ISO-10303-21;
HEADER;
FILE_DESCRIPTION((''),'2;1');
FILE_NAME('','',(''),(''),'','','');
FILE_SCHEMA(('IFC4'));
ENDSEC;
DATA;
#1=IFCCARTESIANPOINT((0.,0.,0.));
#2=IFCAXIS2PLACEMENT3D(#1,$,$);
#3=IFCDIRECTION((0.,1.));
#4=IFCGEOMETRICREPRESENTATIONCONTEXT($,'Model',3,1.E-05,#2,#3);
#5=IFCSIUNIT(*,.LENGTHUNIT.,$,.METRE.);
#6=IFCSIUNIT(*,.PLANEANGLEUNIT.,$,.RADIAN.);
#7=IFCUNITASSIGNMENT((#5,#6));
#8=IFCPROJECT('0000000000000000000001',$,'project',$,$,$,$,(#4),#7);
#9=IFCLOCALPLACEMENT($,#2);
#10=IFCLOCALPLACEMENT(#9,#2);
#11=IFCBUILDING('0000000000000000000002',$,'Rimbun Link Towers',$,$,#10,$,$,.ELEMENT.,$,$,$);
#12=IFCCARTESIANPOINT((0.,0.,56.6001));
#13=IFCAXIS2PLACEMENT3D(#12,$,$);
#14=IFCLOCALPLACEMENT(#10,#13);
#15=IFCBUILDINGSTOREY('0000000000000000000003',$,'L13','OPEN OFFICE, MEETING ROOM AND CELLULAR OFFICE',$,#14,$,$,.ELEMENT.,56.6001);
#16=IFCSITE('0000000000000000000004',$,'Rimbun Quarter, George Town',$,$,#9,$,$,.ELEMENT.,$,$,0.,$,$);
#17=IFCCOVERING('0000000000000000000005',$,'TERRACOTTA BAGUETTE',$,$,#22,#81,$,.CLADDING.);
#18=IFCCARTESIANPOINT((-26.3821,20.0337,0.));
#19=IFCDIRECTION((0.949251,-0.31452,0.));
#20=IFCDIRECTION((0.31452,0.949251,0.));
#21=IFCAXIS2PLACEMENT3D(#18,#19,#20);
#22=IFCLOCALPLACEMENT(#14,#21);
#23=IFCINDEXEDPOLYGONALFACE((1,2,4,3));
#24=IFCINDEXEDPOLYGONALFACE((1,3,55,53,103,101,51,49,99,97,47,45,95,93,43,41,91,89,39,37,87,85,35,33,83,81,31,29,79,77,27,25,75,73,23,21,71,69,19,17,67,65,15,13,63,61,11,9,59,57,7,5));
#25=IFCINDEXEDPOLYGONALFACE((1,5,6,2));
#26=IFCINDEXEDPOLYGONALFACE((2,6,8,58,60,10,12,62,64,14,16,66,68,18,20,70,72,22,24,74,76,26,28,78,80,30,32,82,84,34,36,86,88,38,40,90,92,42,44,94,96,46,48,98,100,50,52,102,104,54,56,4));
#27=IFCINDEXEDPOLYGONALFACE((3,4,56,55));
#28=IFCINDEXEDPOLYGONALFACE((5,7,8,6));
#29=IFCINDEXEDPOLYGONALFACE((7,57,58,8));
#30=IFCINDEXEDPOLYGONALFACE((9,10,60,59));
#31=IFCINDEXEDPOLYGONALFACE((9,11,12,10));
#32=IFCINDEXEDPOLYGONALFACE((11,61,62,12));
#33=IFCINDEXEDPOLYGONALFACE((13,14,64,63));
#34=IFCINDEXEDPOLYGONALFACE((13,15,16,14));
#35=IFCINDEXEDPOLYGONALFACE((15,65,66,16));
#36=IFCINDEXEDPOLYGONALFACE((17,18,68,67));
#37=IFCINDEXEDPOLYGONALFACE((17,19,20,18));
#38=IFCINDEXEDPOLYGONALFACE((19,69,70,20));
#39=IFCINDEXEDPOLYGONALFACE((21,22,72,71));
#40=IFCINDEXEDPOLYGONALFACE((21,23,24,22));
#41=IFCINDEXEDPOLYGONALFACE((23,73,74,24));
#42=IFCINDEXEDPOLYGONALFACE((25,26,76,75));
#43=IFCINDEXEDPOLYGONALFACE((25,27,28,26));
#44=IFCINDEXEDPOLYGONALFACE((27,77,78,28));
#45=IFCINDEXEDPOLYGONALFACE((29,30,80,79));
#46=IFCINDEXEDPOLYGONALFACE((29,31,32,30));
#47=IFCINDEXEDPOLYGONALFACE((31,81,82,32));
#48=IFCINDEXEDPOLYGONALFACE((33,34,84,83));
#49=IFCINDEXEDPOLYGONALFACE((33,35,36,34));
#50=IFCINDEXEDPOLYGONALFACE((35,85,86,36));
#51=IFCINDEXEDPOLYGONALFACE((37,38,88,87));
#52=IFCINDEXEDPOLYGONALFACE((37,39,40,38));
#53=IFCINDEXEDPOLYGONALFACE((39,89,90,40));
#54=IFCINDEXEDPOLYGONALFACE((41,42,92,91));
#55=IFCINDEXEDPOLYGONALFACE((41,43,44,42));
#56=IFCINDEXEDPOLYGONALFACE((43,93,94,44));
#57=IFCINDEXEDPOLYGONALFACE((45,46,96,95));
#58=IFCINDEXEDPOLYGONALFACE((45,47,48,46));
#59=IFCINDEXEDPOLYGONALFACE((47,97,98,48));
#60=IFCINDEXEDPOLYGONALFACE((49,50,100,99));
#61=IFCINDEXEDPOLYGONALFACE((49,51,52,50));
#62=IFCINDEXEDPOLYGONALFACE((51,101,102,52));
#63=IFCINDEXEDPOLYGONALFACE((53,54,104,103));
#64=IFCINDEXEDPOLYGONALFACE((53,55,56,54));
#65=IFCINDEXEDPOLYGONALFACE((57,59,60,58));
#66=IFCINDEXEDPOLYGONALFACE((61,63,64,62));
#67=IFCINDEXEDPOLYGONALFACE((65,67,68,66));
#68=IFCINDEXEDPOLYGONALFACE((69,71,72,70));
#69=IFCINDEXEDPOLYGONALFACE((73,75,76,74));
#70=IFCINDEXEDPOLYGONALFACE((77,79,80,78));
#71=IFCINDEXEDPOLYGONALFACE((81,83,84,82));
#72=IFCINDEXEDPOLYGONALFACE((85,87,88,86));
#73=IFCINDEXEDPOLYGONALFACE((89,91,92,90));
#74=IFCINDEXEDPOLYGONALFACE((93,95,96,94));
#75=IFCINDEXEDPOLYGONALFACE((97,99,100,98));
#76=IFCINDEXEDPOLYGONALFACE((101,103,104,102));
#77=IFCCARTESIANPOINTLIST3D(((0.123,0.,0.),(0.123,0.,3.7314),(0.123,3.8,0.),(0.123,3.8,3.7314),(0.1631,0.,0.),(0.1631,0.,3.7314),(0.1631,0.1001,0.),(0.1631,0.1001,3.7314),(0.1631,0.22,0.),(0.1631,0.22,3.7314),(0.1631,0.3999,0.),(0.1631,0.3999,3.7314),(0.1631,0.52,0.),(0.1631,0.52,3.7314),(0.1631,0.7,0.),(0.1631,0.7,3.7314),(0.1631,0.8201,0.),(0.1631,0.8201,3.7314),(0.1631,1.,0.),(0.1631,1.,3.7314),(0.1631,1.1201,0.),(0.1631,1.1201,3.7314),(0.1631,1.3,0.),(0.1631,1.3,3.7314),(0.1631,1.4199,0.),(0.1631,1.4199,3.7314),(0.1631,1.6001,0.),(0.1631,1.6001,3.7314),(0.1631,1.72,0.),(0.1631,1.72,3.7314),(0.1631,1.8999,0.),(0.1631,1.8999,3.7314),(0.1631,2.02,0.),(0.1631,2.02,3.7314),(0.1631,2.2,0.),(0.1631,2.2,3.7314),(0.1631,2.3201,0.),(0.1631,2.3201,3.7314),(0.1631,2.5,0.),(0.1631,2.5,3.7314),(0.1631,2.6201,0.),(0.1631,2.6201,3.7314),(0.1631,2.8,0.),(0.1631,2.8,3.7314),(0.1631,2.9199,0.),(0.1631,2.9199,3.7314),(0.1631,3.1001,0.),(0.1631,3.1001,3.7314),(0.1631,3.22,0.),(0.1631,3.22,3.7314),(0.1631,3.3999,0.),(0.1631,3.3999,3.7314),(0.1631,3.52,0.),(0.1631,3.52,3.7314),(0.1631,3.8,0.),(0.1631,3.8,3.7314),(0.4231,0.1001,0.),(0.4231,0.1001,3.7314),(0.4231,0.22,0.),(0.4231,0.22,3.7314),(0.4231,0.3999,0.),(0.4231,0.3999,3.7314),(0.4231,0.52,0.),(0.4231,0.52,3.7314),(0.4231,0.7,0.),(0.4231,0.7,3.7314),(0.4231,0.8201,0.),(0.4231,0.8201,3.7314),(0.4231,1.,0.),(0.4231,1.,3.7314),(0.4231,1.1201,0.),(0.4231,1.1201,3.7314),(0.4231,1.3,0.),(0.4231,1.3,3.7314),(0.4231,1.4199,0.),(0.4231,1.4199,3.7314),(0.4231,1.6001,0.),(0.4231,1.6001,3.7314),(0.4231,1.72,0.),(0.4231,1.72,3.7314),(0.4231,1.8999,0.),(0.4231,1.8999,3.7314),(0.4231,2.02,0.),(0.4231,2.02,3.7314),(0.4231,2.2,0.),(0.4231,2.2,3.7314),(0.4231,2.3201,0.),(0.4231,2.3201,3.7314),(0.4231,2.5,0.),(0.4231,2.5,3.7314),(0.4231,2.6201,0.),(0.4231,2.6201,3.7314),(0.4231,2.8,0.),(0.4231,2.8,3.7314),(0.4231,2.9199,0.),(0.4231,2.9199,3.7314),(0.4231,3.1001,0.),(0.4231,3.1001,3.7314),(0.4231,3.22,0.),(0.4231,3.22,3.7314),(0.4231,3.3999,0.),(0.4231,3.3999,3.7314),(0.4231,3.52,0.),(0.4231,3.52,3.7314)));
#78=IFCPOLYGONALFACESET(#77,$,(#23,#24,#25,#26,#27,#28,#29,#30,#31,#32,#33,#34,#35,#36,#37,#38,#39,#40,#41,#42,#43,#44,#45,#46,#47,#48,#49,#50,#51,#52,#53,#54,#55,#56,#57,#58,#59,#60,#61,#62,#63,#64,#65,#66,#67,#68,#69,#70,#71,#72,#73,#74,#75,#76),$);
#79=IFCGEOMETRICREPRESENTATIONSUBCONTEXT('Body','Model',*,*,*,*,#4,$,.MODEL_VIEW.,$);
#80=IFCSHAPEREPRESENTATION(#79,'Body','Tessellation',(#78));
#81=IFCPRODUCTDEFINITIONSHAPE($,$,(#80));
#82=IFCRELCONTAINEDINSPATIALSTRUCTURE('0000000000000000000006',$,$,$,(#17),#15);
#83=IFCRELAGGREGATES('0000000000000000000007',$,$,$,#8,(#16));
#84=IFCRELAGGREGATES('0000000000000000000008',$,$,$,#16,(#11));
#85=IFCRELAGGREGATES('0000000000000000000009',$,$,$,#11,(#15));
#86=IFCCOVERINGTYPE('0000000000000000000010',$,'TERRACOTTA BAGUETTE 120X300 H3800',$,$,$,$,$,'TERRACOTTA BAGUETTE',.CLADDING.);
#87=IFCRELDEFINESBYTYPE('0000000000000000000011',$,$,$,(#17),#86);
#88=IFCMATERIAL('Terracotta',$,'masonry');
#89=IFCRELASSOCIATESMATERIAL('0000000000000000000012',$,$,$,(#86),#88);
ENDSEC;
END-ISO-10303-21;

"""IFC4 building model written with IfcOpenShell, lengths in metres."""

from ifc_helpers import new_model, si_unit, direction, frame, origin, place, context, subcontext, project, spatial, polyline, outline, extrude, material, material_profile, profile_set, type_object, element, save


model = new_model("IFC4")

# Units and contexts
model_context = context("Model", 3, precision=1e-05, world=origin(), true_north=direction((0.0, 1.0)))
body_context = subcontext(model_context, "Body", "Model", "MODEL_VIEW")
ifc_project = project(units=[si_unit("LENGTHUNIT", "METRE"), si_unit("PLANEANGLEUNIT", "RADIAN")], contexts=[model_context])

# Site, building, storey
site_placement = place(None, origin())
site = spatial("IfcSite", under=ifc_project, at=site_placement, Name="Rimbun Quarter, George Town", CompositionType="ELEMENT", RefElevation=0.0)
building_placement = place(site_placement, origin())
building = spatial("IfcBuilding", under=site, at=building_placement, Name="Rimbun Link Towers", CompositionType="ELEMENT")
storey_placement = place(building_placement, frame((0.0, 0.0, 56.6001)))
storey = spatial("IfcBuildingStorey", under=building, at=storey_placement, Name="L13", Description="OPEN OFFICE, MEETING ROOM AND CELLULAR OFFICE", CompositionType="ELEMENT", Elevation=56.6001)

# Covering
ifc_material_1 = material(Name="Terracotta", Category="masonry")
ifc_material_profile_1 = material_profile(ifc_material_1, outline(polyline([(0.123, 0.0), (0.1631, 0.0), (0.1631, 0.1001), (0.4231, 0.1001), (0.4231, 0.22), (0.1631, 0.22), (0.1631, 0.3999), (0.4231, 0.3999), (0.4231, 0.52), (0.1631, 0.52), (0.1631, 0.7), (0.4231, 0.7), (0.4231, 0.8201), (0.1631, 0.8201), (0.1631, 1.0), (0.4231, 1.0), (0.4231, 1.1201), (0.1631, 1.1201), (0.1631, 1.3), (0.4231, 1.3), (0.4231, 1.4199), (0.1631, 1.4199), (0.1631, 1.6001), (0.4231, 1.6001), (0.4231, 1.72), (0.1631, 1.72), (0.1631, 1.8999), (0.4231, 1.8999), (0.4231, 2.02), (0.1631, 2.02), (0.1631, 2.2), (0.4231, 2.2), (0.4231, 2.3201), (0.1631, 2.3201), (0.1631, 2.5), (0.4231, 2.5), (0.4231, 2.6201), (0.1631, 2.6201), (0.1631, 2.8), (0.4231, 2.8), (0.4231, 2.9199), (0.1631, 2.9199), (0.1631, 3.1001), (0.4231, 3.1001), (0.4231, 3.22), (0.1631, 3.22), (0.1631, 3.3999), (0.4231, 3.3999), (0.4231, 3.52), (0.1631, 3.52), (0.1631, 3.8), (0.123, 3.8), (0.123, 0.0)])), Name="BAGUETTE 120X300")
ifc_profile_set_1 = profile_set([ifc_material_profile_1], Name="Terracotta")
covering_type = type_object("IfcCoveringType", Name="TERRACOTTA BAGUETTE 120X300 H3800", ElementType="TERRACOTTA BAGUETTE", PredefinedType="CLADDING", material=ifc_profile_set_1)
covering_1_placement = place(storey_placement, frame((-26.3821, 20.0337, 0.0), z_axis=(0.949251, -0.31452, 0.0), x_axis=(0.31452, 0.949251, 0.0)))
element("IfcCovering", 1, at=covering_1_placement, inside=storey, type_object=covering_type, Name="TERRACOTTA BAGUETTE", PredefinedType="CLADDING", context=body_context, shape_type="SweptSolid", body=[
    extrude(outline(polyline([(0.123, 0.0), (0.1631, 0.0), (0.1631, 0.1001), (0.4231, 0.1001), (0.4231, 0.22), (0.1631, 0.22), (0.1631, 0.3999), (0.4231, 0.3999), (0.4231, 0.52), (0.1631, 0.52), (0.1631, 0.7), (0.4231, 0.7), (0.4231, 0.8201), (0.1631, 0.8201), (0.1631, 1.0), (0.4231, 1.0), (0.4231, 1.1201), (0.1631, 1.1201), (0.1631, 1.3), (0.4231, 1.3), (0.4231, 1.4199), (0.1631, 1.4199), (0.1631, 1.6001), (0.4231, 1.6001), (0.4231, 1.72), (0.1631, 1.72), (0.1631, 1.8999), (0.4231, 1.8999), (0.4231, 2.02), (0.1631, 2.02), (0.1631, 2.2), (0.4231, 2.2), (0.4231, 2.3201), (0.1631, 2.3201), (0.1631, 2.5), (0.4231, 2.5), (0.4231, 2.6201), (0.1631, 2.6201), (0.1631, 2.8), (0.4231, 2.8), (0.4231, 2.9199), (0.1631, 2.9199), (0.1631, 3.1001), (0.4231, 3.1001), (0.4231, 3.22), (0.1631, 3.22), (0.1631, 3.3999), (0.4231, 3.3999), (0.4231, 3.52), (0.1631, 3.52), (0.1631, 3.8), (0.123, 3.8), (0.123, 0.0)])), origin(), (0.0, 0.0, 1.0), 3.7314),
])

save(model, "model.ifc")
